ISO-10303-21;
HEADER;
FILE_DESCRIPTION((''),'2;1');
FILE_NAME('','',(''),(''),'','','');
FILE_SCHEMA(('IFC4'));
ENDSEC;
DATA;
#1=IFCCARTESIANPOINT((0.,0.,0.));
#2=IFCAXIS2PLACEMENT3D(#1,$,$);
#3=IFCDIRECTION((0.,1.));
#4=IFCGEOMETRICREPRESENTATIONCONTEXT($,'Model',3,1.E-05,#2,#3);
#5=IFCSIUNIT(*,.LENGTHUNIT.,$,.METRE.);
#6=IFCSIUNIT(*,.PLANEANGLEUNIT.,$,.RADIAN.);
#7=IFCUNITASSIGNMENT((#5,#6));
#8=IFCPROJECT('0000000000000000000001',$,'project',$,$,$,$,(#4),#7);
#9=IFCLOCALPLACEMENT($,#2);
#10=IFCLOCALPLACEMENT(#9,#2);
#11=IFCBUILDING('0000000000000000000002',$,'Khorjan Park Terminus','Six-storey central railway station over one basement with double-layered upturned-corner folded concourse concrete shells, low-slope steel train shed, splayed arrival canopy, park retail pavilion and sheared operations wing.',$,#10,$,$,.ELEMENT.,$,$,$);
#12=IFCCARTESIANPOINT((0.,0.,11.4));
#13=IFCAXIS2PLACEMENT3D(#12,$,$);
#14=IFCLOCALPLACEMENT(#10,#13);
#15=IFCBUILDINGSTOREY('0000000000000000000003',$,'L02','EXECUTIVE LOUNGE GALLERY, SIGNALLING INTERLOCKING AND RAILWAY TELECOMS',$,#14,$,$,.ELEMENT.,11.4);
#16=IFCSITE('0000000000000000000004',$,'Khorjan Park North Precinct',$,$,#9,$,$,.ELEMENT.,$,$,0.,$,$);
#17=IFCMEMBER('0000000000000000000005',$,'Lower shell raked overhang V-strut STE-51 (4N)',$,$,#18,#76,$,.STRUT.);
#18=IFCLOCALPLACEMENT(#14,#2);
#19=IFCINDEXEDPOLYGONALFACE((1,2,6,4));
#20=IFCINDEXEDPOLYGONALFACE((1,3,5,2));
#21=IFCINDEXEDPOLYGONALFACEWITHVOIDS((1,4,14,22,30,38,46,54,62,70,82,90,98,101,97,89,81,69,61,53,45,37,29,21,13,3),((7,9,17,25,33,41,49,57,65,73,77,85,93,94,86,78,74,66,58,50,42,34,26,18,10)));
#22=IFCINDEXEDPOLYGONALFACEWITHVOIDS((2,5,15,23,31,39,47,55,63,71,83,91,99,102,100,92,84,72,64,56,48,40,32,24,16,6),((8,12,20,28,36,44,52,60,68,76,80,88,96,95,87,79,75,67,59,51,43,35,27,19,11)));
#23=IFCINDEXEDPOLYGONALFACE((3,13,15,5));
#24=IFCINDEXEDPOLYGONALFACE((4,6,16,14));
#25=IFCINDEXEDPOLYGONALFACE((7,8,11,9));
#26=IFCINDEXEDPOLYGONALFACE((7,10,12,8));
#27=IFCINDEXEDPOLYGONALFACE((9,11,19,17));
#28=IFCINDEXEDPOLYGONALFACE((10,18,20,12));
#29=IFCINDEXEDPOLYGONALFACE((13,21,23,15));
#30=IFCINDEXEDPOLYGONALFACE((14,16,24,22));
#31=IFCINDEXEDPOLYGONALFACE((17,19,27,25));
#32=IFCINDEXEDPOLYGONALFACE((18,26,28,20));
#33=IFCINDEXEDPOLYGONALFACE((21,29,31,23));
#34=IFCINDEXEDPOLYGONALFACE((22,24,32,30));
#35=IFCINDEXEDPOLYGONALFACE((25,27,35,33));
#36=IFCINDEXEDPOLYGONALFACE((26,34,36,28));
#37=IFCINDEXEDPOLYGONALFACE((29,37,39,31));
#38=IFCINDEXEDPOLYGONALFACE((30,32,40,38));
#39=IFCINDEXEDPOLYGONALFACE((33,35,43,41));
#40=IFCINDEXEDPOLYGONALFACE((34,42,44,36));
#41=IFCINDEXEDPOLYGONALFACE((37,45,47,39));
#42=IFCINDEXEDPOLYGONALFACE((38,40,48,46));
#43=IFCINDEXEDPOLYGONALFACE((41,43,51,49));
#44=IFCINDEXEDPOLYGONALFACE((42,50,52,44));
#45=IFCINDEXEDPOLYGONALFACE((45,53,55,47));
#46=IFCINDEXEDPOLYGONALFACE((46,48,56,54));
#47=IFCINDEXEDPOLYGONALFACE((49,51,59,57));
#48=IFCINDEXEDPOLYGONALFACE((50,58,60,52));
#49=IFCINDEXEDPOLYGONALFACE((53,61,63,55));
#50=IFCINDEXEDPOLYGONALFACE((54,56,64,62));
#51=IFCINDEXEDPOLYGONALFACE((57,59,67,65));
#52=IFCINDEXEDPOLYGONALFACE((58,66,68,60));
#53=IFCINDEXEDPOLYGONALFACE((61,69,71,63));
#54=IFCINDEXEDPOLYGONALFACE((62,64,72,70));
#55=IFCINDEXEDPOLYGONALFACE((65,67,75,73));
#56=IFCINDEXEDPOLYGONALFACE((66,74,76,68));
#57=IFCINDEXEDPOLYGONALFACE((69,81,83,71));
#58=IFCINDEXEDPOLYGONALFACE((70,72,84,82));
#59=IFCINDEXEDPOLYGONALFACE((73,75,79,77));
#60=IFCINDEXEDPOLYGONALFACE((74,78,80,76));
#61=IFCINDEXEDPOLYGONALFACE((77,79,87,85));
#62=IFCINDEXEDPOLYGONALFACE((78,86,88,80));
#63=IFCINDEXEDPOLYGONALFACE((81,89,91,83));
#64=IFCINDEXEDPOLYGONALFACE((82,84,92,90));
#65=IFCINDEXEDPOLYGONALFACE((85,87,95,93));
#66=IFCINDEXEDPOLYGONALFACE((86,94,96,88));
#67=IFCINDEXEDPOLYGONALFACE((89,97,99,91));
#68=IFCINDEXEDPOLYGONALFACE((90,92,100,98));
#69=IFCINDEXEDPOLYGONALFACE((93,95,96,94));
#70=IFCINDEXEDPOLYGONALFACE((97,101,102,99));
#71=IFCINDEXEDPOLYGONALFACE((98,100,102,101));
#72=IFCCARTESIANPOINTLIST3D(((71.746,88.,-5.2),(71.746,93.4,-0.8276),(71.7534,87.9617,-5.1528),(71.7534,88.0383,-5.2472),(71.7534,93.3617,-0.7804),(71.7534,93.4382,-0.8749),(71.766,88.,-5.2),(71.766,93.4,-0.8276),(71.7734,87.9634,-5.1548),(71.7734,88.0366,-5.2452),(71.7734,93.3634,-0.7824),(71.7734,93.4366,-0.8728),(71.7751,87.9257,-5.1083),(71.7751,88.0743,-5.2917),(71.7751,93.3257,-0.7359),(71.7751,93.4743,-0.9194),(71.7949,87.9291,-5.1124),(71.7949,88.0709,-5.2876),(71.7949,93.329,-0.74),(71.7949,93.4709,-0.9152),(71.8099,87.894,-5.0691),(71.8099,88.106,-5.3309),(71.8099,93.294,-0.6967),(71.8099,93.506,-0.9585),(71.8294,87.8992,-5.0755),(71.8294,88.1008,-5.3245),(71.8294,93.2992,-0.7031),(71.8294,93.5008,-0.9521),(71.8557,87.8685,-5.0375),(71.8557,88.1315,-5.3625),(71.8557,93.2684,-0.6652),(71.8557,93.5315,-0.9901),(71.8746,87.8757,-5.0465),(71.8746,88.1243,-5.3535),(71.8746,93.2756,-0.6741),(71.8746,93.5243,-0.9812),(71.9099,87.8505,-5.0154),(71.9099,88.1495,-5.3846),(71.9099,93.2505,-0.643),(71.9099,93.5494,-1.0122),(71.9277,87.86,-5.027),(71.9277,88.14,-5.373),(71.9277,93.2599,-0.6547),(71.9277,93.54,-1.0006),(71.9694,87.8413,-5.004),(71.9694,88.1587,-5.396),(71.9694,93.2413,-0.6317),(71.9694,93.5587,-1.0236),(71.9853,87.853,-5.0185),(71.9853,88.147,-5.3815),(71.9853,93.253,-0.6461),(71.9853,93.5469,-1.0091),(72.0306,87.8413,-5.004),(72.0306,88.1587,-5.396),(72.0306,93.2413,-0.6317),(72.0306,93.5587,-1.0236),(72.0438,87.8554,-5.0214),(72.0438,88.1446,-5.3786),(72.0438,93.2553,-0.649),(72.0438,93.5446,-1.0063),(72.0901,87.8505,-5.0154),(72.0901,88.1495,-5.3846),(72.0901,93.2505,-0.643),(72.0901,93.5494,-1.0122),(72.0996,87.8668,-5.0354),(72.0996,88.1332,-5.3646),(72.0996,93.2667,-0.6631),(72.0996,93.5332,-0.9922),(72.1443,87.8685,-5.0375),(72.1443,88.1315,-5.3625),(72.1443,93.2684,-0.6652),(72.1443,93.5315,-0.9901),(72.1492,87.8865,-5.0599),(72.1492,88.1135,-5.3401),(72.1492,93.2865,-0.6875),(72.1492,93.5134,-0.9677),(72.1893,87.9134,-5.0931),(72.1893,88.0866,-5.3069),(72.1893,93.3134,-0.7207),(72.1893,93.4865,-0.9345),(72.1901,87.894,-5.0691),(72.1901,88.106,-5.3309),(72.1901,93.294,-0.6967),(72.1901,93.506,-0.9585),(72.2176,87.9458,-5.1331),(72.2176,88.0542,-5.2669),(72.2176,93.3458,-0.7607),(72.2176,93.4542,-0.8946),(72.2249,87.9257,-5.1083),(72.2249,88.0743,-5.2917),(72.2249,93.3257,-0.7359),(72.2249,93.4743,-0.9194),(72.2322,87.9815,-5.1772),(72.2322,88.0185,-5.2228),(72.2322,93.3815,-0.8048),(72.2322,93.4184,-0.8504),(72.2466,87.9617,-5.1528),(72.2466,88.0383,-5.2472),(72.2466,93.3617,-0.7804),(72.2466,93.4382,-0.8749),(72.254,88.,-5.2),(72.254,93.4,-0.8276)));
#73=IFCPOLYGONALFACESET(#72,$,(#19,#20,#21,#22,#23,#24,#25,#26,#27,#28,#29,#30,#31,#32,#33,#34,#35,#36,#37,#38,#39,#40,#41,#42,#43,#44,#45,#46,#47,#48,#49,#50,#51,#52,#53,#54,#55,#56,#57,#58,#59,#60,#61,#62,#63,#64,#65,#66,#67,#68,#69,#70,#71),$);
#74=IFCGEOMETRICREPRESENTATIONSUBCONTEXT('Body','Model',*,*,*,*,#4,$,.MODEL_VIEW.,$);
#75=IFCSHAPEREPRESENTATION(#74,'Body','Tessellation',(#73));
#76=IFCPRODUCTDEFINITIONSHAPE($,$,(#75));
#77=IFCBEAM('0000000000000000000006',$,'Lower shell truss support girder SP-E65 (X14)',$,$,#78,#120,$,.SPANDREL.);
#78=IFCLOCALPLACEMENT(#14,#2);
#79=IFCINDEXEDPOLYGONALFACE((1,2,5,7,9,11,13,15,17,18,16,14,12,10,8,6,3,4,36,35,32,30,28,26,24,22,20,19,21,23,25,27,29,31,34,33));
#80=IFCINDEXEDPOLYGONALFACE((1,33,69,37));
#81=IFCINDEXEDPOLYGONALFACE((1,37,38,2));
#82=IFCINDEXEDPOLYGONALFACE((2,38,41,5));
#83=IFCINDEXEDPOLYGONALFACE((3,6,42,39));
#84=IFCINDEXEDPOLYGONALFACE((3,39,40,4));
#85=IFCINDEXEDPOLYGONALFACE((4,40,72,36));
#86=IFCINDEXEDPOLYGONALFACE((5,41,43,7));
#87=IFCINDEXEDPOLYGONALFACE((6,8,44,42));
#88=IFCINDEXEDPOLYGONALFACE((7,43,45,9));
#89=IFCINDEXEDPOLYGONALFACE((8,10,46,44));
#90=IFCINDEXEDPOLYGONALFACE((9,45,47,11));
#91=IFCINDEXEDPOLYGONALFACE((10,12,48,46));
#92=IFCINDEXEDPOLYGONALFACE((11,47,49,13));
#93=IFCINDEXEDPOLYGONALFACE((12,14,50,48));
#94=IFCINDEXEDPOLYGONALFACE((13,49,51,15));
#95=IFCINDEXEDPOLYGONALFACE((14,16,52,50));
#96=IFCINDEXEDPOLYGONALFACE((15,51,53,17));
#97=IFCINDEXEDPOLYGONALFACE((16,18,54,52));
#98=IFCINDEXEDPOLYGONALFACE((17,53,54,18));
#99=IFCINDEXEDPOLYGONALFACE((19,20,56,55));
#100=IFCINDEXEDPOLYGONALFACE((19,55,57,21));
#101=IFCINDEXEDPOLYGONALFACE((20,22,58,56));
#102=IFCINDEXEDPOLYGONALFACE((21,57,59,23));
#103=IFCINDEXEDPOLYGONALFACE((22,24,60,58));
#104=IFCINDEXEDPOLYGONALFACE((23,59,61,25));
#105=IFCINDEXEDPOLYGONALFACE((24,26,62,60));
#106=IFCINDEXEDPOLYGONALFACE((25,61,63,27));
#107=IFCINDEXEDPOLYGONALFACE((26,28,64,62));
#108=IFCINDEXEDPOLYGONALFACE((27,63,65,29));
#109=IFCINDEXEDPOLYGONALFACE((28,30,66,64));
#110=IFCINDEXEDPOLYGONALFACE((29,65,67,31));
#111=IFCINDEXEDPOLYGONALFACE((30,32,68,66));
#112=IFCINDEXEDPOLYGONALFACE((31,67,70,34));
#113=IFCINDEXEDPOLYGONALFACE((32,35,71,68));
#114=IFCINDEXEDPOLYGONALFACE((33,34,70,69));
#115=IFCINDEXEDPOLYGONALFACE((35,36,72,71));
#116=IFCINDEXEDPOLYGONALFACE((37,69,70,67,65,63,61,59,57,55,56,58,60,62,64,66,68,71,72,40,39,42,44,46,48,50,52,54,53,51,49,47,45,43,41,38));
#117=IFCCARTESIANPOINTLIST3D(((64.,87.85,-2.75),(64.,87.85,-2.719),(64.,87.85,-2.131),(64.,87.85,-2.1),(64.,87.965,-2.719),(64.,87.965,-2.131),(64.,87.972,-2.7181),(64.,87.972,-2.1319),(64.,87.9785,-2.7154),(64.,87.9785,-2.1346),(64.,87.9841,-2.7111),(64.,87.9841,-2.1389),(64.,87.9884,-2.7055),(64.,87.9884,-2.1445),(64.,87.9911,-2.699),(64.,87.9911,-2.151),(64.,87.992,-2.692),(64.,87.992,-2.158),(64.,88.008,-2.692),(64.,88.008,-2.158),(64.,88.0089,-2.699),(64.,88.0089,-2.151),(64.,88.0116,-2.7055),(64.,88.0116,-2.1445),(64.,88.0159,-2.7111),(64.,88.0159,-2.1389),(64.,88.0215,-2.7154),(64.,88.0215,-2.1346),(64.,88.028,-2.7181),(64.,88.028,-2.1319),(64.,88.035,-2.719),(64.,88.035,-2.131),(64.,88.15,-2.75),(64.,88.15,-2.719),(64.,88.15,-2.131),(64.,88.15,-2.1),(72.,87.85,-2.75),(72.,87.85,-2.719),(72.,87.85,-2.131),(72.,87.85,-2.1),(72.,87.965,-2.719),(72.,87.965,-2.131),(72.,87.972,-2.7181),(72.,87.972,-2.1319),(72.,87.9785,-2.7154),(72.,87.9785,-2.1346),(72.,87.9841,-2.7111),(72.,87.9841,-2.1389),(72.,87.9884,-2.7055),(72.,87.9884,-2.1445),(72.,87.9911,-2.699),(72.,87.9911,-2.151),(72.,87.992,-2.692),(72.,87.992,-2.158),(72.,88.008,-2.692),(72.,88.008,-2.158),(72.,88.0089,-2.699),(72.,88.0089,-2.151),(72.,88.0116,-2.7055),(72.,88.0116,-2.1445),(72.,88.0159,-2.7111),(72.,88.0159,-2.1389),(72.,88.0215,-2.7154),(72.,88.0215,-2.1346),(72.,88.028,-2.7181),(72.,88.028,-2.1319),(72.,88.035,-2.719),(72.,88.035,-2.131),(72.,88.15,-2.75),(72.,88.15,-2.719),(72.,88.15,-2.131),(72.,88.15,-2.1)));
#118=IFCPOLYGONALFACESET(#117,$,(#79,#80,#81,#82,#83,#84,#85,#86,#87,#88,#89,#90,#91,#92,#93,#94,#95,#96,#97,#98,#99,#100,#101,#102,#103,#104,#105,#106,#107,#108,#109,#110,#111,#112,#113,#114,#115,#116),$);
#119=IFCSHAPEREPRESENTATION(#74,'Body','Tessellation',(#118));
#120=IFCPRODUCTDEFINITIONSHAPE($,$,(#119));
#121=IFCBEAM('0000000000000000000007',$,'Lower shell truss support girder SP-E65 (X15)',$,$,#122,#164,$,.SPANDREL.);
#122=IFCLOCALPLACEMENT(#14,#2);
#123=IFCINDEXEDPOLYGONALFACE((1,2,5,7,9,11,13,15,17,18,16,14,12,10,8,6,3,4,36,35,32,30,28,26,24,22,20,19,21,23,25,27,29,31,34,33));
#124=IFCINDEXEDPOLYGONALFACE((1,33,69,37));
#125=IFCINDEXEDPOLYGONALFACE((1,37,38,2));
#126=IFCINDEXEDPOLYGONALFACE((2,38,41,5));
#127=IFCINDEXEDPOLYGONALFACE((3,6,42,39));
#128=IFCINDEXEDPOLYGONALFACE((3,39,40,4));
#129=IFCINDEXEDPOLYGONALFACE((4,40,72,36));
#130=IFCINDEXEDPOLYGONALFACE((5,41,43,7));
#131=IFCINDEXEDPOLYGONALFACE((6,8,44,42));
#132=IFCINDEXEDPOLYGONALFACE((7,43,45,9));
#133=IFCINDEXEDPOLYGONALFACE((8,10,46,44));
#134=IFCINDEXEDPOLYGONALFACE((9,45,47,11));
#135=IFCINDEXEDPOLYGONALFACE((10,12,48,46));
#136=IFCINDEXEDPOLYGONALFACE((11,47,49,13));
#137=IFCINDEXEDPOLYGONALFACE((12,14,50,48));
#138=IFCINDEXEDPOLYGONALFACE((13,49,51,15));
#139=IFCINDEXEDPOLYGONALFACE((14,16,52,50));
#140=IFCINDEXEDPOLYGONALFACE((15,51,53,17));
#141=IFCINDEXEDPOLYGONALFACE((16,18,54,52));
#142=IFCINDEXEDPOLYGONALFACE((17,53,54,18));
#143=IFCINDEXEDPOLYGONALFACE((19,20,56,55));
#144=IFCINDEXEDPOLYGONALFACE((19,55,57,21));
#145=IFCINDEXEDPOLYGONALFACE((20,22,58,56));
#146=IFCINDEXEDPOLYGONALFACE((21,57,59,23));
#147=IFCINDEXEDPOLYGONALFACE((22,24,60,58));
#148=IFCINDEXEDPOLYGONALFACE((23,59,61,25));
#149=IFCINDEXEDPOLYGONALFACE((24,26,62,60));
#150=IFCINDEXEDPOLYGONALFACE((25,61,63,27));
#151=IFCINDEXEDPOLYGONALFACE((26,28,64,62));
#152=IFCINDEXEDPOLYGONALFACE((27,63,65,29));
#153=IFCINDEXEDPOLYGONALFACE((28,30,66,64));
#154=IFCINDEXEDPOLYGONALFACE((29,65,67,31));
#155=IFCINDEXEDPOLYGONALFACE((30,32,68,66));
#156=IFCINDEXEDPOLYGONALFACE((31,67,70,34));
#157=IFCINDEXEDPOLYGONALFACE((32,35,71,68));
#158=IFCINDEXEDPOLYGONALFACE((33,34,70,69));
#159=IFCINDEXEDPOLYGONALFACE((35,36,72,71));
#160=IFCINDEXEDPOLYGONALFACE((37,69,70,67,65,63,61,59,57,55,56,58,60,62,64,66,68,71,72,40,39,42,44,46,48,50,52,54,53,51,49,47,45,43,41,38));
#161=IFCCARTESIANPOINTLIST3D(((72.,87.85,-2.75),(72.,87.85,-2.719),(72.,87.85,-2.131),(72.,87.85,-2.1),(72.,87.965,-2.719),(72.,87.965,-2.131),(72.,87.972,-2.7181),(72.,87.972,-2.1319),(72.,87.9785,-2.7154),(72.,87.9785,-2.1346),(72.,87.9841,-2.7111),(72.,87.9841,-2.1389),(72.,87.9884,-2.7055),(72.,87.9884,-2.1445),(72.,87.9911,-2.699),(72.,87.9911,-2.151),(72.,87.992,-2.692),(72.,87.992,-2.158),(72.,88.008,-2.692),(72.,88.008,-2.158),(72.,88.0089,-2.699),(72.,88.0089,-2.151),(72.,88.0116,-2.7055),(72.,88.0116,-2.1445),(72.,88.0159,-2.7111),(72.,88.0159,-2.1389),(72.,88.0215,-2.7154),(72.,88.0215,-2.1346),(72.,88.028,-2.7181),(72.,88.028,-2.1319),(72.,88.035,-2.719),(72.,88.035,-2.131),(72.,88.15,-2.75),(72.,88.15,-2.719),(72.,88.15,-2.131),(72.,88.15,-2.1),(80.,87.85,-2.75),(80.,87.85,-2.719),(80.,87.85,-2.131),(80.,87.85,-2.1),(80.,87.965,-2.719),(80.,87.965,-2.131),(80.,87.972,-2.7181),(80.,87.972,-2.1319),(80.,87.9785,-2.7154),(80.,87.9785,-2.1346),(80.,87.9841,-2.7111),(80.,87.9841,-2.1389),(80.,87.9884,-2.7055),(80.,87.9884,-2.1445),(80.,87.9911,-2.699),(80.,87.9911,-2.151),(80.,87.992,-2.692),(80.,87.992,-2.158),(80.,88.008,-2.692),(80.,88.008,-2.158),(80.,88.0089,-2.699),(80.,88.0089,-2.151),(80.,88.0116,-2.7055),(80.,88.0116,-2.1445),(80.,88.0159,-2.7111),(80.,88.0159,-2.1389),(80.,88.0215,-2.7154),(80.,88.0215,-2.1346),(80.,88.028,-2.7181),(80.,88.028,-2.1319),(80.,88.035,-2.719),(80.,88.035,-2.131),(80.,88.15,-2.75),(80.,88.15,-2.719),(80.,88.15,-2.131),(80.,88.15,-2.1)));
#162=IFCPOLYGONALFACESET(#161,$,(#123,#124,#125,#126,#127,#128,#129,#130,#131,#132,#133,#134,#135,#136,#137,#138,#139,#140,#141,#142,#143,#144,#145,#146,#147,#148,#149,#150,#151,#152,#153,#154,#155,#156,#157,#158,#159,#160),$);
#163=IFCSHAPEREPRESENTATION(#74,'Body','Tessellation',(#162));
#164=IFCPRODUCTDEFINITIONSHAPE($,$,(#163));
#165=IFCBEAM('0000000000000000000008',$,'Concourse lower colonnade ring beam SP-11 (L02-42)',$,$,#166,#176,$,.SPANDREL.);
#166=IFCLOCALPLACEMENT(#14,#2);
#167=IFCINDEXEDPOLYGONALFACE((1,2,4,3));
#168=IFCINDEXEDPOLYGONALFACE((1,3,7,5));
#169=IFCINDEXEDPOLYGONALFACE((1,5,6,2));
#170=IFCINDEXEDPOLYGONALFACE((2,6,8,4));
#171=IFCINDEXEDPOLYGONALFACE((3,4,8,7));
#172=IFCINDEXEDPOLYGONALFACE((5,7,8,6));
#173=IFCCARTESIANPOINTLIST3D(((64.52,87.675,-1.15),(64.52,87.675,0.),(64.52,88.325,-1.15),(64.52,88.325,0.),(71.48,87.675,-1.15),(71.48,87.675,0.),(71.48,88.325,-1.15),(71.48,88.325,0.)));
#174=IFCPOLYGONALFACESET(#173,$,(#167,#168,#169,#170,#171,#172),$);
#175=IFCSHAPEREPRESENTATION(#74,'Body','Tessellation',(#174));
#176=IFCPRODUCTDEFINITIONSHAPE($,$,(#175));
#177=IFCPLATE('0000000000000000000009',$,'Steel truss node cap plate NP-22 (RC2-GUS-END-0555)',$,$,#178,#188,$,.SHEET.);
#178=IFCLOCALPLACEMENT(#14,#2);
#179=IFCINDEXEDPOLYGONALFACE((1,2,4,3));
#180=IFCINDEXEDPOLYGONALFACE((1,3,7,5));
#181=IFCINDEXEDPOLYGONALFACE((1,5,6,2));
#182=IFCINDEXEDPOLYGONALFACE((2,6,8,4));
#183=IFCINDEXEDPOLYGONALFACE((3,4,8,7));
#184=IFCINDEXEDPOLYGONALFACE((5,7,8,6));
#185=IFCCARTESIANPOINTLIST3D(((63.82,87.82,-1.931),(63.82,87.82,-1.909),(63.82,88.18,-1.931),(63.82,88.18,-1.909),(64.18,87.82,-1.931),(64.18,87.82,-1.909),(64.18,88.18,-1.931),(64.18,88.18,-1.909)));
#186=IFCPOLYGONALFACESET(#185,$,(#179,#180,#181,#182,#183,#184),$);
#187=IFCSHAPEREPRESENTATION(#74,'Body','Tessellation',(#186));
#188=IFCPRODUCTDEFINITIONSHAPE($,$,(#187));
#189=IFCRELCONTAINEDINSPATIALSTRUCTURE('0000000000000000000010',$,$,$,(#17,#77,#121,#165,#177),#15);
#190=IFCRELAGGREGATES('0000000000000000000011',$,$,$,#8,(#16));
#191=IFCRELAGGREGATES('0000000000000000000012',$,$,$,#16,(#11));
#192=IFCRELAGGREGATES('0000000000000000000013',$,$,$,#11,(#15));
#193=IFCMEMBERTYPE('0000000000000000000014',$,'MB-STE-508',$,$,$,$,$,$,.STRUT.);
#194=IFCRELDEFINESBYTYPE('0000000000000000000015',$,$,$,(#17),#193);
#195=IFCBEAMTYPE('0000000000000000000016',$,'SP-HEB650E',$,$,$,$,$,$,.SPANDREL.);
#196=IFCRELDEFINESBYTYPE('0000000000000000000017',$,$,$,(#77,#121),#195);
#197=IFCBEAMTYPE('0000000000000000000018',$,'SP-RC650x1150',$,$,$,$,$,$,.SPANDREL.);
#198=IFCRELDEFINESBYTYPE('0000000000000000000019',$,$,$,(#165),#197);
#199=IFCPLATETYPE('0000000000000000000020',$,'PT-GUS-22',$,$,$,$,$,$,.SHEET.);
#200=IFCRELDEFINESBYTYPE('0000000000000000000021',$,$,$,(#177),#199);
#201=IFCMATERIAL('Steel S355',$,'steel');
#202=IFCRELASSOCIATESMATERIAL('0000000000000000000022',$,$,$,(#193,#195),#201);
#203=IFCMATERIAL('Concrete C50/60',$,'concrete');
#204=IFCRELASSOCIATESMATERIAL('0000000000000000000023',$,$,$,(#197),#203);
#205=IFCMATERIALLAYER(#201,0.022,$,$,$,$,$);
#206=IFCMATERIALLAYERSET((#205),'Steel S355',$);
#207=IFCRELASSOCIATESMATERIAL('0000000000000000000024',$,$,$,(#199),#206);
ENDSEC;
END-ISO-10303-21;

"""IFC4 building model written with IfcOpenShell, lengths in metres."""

from ifc_helpers import new_model, si_unit, direction, frame, origin, origin_2d, place, context, subcontext, project, spatial, rectangle, hollow_circle, i_section, extrude, material, layer, layer_set, material_profile, profile_set, type_object, element, save


model = new_model("IFC4")

# Units and contexts
model_context = context("Model", 3, precision=1e-05, world=origin(), true_north=direction((0.0, 1.0)))
body_context = subcontext(model_context, "Body", "Model", "MODEL_VIEW")
ifc_project = project(units=[si_unit("LENGTHUNIT", "METRE"), si_unit("PLANEANGLEUNIT", "RADIAN")], contexts=[model_context])

# Site, building, storey
site_placement = place(None, origin())
site = spatial("IfcSite", under=ifc_project, at=site_placement, Name="Khorjan Park North Precinct", CompositionType="ELEMENT", RefElevation=0.0)
building_placement = place(site_placement, origin())
building = spatial("IfcBuilding", under=site, at=building_placement, Name="Khorjan Park Terminus", Description="Six-storey central railway station over one basement with double-layered upturned-corner folded concourse concrete shells, low-slope steel train shed, splayed arrival canopy, park retail pavilion and sheared operations wing.", CompositionType="ELEMENT")
storey_placement = place(building_placement, frame((0.0, 0.0, 11.4)))
storey = spatial("IfcBuildingStorey", under=building, at=storey_placement, Name="L02", Description="EXECUTIVE LOUNGE GALLERY, SIGNALLING INTERLOCKING AND RAILWAY TELECOMS", CompositionType="ELEMENT", Elevation=11.4)

# Shared definitions
ifc_material_1 = material(Name="Concrete C50/60", Category="concrete")

# Member
ifc_material_2 = material(Name="Steel S355", Category="steel")
ifc_material_profile_1 = material_profile(ifc_material_2, hollow_circle(Radius=0.254, WallThickness=0.02, at=origin_2d()), Name="CHS 508x20")
ifc_profile_set_1 = profile_set([ifc_material_profile_1], Name="Steel S355")
member_type_1 = type_object("IfcMemberType", Name="MB-STE-508", PredefinedType="STRUT", material=ifc_profile_set_1)
member_1_placement = place(storey_placement, frame((72.0, 88.0, -5.2), z_axis=(0.0, 0.777176, 0.629283), x_axis=(-1.0, 0.0, 0.0)))
element("IfcMember", 1, at=member_1_placement, inside=storey, type_object=member_type_1, Name="Lower shell raked overhang V-strut STE-51 (4N)", PredefinedType="STRUT", context=body_context, shape_type="SweptSolid", body=[
    extrude(hollow_circle(Radius=0.254, WallThickness=0.02, at=origin_2d()), origin(), (0.0, 0.0, 1.0), 6.9482),
])

# Beams
ifc_material_profile_2 = material_profile(ifc_material_2, i_section(OverallWidth=0.3, OverallDepth=0.65, WebThickness=0.016, FlangeThickness=0.031, FilletRadius=0.027, at=origin_2d()), Name="HEB 650")
ifc_profile_set_2 = profile_set([ifc_material_profile_2], Name="Steel S355")
beam_type_1 = type_object("IfcBeamType", Name="SP-HEB650E", PredefinedType="SPANDREL", material=ifc_profile_set_2)
for number, where, z_axis, x_axis, name in (
    (2, (64.0, 88.0, -2.425), (1.0, 0.0, 0.0), (0.0, 1.0, 0.0), "Lower shell truss support girder SP-E65 (X14)"),
    (3, (72.0, 88.0, -2.425), (1.0, 0.0, 0.0), (0.0, 1.0, 0.0), "Lower shell truss support girder SP-E65 (X15)"),
):
    element("IfcBeam", number, at=place(storey_placement, frame(where, z_axis=z_axis, x_axis=x_axis)), inside=storey, type_object=beam_type_1, Name=name, PredefinedType="SPANDREL", context=body_context, shape_type="SweptSolid", body=[
        extrude(i_section(OverallWidth=0.3, OverallDepth=0.65, WebThickness=0.016, FlangeThickness=0.031, FilletRadius=0.027, at=origin_2d()), origin(), (0.0, 0.0, 1.0), 8.0),
    ])
ifc_material_profile_3 = material_profile(ifc_material_1, rectangle(XDim=0.65, YDim=1.15, at=origin_2d()), Name="RC 650x1150")
ifc_profile_set_3 = profile_set([ifc_material_profile_3], Name="Concrete C50/60")
beam_type_2 = type_object("IfcBeamType", Name="SP-RC650x1150", PredefinedType="SPANDREL", material=ifc_profile_set_3)
beam_placement = place(storey_placement, frame((64.52, 88.0, -0.575), z_axis=(1.0, 0.0, 0.0), x_axis=(0.0, 1.0, 0.0)))
element("IfcBeam", 4, at=beam_placement, inside=storey, type_object=beam_type_2, Name="Concourse lower colonnade ring beam SP-11 (L02-42)", PredefinedType="SPANDREL", context=body_context, shape_type="SweptSolid", body=[
    extrude(rectangle(XDim=0.65, YDim=1.15, at=origin_2d()), origin(), (0.0, 0.0, 1.0), 6.96),
])

# Plate
ifc_layer_1 = layer(ifc_material_2, 0.022)
ifc_layer_set_1 = layer_set([ifc_layer_1], Name="Steel S355")
plate_type_1 = type_object("IfcPlateType", Name="PT-GUS-22", PredefinedType="SHEET", material=ifc_layer_set_1)
plate_1_placement = place(storey_placement, frame((64.0, 88.0, -1.931), z_axis=(0.0, 0.0, 1.0), x_axis=(1.0, 0.0, 0.0)))
element("IfcPlate", 5, at=plate_1_placement, inside=storey, type_object=plate_type_1, Name="Steel truss node cap plate NP-22 (RC2-GUS-END-0555)", PredefinedType="SHEET", context=body_context, shape_type="SweptSolid", body=[
    extrude(rectangle(XDim=0.36, YDim=0.36, at=origin_2d()), origin(), (0.0, 0.0, 1.0), 0.022),
])

save(model, "model.ifc")
